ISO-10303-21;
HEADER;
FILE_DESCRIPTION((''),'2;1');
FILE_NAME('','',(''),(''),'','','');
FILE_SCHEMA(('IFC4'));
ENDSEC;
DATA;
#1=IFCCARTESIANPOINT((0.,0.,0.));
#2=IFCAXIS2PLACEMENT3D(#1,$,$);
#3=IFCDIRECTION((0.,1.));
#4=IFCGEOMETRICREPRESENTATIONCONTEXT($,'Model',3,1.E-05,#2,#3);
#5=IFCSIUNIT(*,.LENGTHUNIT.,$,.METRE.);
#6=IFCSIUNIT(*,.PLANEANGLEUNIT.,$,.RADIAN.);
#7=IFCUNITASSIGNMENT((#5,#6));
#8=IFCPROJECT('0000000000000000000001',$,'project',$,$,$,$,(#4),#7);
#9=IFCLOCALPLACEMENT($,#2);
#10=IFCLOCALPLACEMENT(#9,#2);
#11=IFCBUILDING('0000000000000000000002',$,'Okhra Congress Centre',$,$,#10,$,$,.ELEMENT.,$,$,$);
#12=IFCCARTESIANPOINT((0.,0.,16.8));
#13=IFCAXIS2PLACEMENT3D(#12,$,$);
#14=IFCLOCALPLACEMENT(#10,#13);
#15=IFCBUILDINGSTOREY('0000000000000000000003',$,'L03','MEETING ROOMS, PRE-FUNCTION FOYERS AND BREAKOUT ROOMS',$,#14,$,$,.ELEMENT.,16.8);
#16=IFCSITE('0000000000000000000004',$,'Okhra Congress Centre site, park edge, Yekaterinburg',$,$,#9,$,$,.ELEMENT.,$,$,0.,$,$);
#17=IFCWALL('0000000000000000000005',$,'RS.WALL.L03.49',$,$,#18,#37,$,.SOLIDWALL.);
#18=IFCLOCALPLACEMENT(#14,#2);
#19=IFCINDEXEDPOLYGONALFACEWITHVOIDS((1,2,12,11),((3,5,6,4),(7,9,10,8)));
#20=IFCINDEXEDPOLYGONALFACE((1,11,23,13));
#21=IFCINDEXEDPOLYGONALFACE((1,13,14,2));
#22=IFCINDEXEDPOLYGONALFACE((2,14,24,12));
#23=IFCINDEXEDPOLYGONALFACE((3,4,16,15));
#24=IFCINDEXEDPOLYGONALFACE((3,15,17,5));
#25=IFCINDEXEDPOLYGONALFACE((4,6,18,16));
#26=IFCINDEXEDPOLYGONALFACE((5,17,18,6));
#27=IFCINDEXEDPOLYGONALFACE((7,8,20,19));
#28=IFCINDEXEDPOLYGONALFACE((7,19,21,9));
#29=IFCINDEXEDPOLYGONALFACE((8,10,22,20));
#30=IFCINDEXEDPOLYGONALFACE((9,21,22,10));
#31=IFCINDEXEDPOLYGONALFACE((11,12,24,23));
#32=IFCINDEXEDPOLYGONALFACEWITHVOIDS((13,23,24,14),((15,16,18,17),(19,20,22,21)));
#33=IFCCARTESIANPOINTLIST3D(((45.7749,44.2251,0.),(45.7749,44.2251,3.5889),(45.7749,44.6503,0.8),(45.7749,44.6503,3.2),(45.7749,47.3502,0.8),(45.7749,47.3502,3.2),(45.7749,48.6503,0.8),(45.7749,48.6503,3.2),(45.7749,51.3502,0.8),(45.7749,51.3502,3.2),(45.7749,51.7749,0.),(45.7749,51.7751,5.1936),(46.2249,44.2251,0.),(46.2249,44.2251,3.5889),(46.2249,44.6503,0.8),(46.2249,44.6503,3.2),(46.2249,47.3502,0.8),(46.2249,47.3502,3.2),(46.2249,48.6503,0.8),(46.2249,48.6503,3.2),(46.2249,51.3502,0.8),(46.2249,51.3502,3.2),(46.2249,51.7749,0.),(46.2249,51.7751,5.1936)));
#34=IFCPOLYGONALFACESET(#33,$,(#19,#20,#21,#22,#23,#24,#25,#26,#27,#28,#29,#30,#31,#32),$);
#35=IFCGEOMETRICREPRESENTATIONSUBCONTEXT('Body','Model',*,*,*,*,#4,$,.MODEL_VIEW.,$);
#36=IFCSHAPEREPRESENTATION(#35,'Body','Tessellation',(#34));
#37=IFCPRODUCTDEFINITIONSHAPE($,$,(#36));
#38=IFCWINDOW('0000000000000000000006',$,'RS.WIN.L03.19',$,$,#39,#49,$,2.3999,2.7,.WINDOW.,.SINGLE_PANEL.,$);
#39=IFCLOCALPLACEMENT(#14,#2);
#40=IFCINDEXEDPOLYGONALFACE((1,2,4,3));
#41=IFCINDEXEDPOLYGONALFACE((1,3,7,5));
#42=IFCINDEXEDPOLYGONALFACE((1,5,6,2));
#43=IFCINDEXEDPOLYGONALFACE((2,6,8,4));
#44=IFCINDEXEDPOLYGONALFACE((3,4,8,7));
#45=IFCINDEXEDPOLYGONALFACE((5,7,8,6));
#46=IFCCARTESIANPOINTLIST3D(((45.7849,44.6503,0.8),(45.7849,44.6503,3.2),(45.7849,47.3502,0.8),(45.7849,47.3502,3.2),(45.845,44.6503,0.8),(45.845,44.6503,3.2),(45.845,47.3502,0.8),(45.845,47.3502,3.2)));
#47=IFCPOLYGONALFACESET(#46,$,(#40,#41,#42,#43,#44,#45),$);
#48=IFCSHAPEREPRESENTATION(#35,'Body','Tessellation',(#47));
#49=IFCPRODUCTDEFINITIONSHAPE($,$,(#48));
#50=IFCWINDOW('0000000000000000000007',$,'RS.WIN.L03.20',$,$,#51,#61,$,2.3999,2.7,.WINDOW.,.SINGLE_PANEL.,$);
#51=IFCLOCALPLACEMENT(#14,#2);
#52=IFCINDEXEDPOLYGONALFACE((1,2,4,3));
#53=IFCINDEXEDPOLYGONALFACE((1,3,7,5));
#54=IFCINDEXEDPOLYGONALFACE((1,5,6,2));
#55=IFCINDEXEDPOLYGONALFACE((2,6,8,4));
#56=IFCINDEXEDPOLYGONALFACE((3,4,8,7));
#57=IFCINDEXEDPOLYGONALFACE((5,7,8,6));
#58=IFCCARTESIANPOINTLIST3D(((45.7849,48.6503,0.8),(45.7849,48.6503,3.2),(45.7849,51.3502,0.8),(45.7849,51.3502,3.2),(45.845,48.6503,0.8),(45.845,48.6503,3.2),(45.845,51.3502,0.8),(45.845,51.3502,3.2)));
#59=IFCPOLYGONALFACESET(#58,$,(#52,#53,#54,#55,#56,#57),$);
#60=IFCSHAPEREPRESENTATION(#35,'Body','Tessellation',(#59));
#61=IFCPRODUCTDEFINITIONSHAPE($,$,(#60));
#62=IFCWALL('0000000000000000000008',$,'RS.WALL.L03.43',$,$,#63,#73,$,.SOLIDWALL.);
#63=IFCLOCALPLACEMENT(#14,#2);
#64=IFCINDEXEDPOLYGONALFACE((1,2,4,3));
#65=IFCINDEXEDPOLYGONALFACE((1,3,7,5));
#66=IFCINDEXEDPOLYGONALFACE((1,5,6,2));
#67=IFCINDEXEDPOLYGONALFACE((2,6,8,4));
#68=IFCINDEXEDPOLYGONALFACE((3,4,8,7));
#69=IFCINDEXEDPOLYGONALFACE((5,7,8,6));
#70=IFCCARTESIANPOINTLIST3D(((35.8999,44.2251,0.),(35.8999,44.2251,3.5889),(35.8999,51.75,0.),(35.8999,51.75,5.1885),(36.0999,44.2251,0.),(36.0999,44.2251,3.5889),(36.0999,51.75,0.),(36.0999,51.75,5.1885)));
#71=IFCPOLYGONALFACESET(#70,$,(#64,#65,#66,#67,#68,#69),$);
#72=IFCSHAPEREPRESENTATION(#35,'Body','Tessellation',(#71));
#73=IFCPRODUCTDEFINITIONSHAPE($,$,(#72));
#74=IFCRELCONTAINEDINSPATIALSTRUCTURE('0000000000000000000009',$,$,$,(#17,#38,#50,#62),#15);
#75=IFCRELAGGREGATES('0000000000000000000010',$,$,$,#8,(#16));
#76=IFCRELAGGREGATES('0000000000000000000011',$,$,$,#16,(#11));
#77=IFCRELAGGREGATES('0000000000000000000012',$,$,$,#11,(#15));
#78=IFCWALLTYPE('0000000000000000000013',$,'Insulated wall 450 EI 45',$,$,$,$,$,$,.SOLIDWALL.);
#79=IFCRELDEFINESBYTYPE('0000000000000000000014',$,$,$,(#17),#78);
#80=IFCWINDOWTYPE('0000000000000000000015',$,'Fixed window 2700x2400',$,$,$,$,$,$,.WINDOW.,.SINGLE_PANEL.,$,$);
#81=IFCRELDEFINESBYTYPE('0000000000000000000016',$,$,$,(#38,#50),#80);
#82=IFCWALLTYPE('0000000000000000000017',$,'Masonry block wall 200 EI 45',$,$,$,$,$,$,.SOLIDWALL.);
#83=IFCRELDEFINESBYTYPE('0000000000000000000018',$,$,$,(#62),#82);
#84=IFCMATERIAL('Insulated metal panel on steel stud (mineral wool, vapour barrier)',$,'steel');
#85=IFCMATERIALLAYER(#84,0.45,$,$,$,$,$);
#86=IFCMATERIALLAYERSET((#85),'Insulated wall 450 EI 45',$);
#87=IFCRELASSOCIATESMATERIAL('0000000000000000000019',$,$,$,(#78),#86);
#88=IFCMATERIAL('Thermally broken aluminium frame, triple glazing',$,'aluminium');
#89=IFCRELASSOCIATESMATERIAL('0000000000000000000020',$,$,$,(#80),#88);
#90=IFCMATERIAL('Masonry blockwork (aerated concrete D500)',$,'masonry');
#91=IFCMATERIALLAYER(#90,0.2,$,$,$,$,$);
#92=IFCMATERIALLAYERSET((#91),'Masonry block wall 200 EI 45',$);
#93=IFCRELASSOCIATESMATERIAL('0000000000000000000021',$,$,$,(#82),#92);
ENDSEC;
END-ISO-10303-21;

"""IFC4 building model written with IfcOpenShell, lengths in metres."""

from ifc_helpers import new_model, si_unit, direction, frame, frame_2d, origin, place, context, subcontext, project, spatial, polyline, rectangle, outline, extrude, material, layer, layer_set, type_object, element, fill, save


model = new_model("IFC4")

# Units and contexts
model_context = context("Model", 3, precision=1e-05, world=origin(), true_north=direction((0.0, 1.0)))
body_context = subcontext(model_context, "Body", "Model", "MODEL_VIEW")
ifc_project = project(units=[si_unit("LENGTHUNIT", "METRE"), si_unit("PLANEANGLEUNIT", "RADIAN")], contexts=[model_context])

# Site, building, storey
site_placement = place(None, origin())
site = spatial("IfcSite", under=ifc_project, at=site_placement, Name="Okhra Congress Centre site, park edge, Yekaterinburg", CompositionType="ELEMENT", RefElevation=0.0)
building_placement = place(site_placement, origin())
building = spatial("IfcBuilding", under=site, at=building_placement, Name="Okhra Congress Centre", CompositionType="ELEMENT")
storey_placement = place(building_placement, frame((0.0, 0.0, 16.8)))
storey = spatial("IfcBuildingStorey", under=building, at=storey_placement, Name="L03", Description="MEETING ROOMS, PRE-FUNCTION FOYERS AND BREAKOUT ROOMS", CompositionType="ELEMENT", Elevation=16.8)

# Wall, openings, windows
ifc_material_1 = material(Name="Insulated metal panel on steel stud (mineral wool, vapour barrier)", Category="steel")
ifc_layer_1 = layer(ifc_material_1, 0.45)
ifc_layer_set_1 = layer_set([ifc_layer_1], Name="Insulated wall 450 EI 45")
wall_type_1 = type_object("IfcWallType", Name="Insulated wall 450 EI 45", PredefinedType="SOLIDWALL", material=ifc_layer_set_1)
ifc_material_2 = material(Name="Thermally broken aluminium frame, triple glazing", Category="aluminium")
window_type = type_object("IfcWindowType", Name="Fixed window 2700x2400", PartitioningType="SINGLE_PANEL", PredefinedType="WINDOW", material=ifc_material_2)
wall_1_placement = place(storey_placement, frame((46.0, 44.2251, 0.0), z_axis=(0.0, 0.0, 1.0), x_axis=(0.0, 1.0, 0.0)))
wall_1 = element("IfcWall", 1, at=wall_1_placement, inside=storey, type_object=wall_type_1, Name="RS.WALL.L03.49", PredefinedType="SOLIDWALL", context=body_context, shape_type="SweptSolid", body=[
    extrude(outline(polyline([(0.0, 0.0), (7.5498, 0.0), (7.55, 5.1936), (0.0, 3.5889), (0.0, 0.0)])), frame((0.0, 0.2251, 0.0), z_axis=(0.0, -1.0, 0.0), x_axis=(1.0, 0.0, 0.0)), (0.0, 0.0, 1.0), 0.45),
])
opening_1_placement = place(wall_1_placement, frame((0.425, 0.0, 0.8)))
opening_1 = element("IfcOpeningElement", 2, at=opening_1_placement, cuts=wall_1, PredefinedType="OPENING", context=body_context, shape_type="SweptSolid", body=[
    extrude(rectangle(XDim=2.7, YDim=2.3999, at=frame_2d((1.3501, 1.2))), frame((0.0, 0.2349, 0.0), z_axis=(0.0, -1.0, 0.0), x_axis=(1.0, 0.0, 0.0)), (0.0, 0.0, 1.0), 0.47),
])
opening_2_placement = place(wall_1_placement, frame((4.425, 0.0, 0.8)))
opening_2 = element("IfcOpeningElement", 3, at=opening_2_placement, cuts=wall_1, PredefinedType="OPENING", context=body_context, shape_type="SweptSolid", body=[
    extrude(rectangle(XDim=2.7, YDim=2.3999, at=frame_2d((1.3501, 1.2))), frame((0.0, 0.2349, 0.0), z_axis=(0.0, -1.0, 0.0), x_axis=(1.0, 0.0, 0.0)), (0.0, 0.0, 1.0), 0.47),
])
window_1_placement = place(opening_1_placement, origin())
window_1 = element("IfcWindow", 4, at=window_1_placement, inside=storey, type_object=window_type, Name="RS.WIN.L03.19", OverallHeight=2.3999, OverallWidth=2.7, PartitioningType="SINGLE_PANEL", PredefinedType="WINDOW", context=body_context, shape_type="SweptSolid", body=[
    extrude(rectangle(XDim=2.7, YDim=2.3999, at=frame_2d((1.3501, 1.2))), frame((0.0, 0.2151, 0.0), z_axis=(0.0, -1.0, 0.0), x_axis=(1.0, 0.0, 0.0)), (0.0, 0.0, 1.0), 0.0601),
])
fill(opening_1, window_1)
window_2_placement = place(opening_2_placement, origin())
window_2 = element("IfcWindow", 5, at=window_2_placement, inside=storey, type_object=window_type, Name="RS.WIN.L03.20", OverallHeight=2.3999, OverallWidth=2.7, PartitioningType="SINGLE_PANEL", PredefinedType="WINDOW", context=body_context, shape_type="SweptSolid", body=[
    extrude(rectangle(XDim=2.7, YDim=2.3999, at=frame_2d((1.3501, 1.2))), frame((0.0, 0.2151, 0.0), z_axis=(0.0, -1.0, 0.0), x_axis=(1.0, 0.0, 0.0)), (0.0, 0.0, 1.0), 0.0601),
])
fill(opening_2, window_2)

# Wall
ifc_material_3 = material(Name="Masonry blockwork (aerated concrete D500)", Category="masonry")
ifc_layer_2 = layer(ifc_material_3, 0.2)
ifc_layer_set_2 = layer_set([ifc_layer_2], Name="Masonry block wall 200 EI 45")
wall_type_2 = type_object("IfcWallType", Name="Masonry block wall 200 EI 45", PredefinedType="SOLIDWALL", material=ifc_layer_set_2)
wall_2_placement = place(storey_placement, frame((36.0, 44.2251, 0.0), z_axis=(0.0, 0.0, 1.0), x_axis=(0.0, 1.0, 0.0)))
element("IfcWall", 6, at=wall_2_placement, inside=storey, type_object=wall_type_2, Name="RS.WALL.L03.43", PredefinedType="SOLIDWALL", context=body_context, shape_type="SweptSolid", body=[
    extrude(outline(polyline([(0.0, 0.0), (7.5249, 0.0), (7.5249, 5.1885), (0.0, 3.5889), (0.0, 0.0)])), frame((0.0, 0.1001, 0.0), z_axis=(0.0, -1.0, 0.0), x_axis=(1.0, 0.0, 0.0)), (0.0, 0.0, 1.0), 0.2),
])

save(model, "model.ifc")
